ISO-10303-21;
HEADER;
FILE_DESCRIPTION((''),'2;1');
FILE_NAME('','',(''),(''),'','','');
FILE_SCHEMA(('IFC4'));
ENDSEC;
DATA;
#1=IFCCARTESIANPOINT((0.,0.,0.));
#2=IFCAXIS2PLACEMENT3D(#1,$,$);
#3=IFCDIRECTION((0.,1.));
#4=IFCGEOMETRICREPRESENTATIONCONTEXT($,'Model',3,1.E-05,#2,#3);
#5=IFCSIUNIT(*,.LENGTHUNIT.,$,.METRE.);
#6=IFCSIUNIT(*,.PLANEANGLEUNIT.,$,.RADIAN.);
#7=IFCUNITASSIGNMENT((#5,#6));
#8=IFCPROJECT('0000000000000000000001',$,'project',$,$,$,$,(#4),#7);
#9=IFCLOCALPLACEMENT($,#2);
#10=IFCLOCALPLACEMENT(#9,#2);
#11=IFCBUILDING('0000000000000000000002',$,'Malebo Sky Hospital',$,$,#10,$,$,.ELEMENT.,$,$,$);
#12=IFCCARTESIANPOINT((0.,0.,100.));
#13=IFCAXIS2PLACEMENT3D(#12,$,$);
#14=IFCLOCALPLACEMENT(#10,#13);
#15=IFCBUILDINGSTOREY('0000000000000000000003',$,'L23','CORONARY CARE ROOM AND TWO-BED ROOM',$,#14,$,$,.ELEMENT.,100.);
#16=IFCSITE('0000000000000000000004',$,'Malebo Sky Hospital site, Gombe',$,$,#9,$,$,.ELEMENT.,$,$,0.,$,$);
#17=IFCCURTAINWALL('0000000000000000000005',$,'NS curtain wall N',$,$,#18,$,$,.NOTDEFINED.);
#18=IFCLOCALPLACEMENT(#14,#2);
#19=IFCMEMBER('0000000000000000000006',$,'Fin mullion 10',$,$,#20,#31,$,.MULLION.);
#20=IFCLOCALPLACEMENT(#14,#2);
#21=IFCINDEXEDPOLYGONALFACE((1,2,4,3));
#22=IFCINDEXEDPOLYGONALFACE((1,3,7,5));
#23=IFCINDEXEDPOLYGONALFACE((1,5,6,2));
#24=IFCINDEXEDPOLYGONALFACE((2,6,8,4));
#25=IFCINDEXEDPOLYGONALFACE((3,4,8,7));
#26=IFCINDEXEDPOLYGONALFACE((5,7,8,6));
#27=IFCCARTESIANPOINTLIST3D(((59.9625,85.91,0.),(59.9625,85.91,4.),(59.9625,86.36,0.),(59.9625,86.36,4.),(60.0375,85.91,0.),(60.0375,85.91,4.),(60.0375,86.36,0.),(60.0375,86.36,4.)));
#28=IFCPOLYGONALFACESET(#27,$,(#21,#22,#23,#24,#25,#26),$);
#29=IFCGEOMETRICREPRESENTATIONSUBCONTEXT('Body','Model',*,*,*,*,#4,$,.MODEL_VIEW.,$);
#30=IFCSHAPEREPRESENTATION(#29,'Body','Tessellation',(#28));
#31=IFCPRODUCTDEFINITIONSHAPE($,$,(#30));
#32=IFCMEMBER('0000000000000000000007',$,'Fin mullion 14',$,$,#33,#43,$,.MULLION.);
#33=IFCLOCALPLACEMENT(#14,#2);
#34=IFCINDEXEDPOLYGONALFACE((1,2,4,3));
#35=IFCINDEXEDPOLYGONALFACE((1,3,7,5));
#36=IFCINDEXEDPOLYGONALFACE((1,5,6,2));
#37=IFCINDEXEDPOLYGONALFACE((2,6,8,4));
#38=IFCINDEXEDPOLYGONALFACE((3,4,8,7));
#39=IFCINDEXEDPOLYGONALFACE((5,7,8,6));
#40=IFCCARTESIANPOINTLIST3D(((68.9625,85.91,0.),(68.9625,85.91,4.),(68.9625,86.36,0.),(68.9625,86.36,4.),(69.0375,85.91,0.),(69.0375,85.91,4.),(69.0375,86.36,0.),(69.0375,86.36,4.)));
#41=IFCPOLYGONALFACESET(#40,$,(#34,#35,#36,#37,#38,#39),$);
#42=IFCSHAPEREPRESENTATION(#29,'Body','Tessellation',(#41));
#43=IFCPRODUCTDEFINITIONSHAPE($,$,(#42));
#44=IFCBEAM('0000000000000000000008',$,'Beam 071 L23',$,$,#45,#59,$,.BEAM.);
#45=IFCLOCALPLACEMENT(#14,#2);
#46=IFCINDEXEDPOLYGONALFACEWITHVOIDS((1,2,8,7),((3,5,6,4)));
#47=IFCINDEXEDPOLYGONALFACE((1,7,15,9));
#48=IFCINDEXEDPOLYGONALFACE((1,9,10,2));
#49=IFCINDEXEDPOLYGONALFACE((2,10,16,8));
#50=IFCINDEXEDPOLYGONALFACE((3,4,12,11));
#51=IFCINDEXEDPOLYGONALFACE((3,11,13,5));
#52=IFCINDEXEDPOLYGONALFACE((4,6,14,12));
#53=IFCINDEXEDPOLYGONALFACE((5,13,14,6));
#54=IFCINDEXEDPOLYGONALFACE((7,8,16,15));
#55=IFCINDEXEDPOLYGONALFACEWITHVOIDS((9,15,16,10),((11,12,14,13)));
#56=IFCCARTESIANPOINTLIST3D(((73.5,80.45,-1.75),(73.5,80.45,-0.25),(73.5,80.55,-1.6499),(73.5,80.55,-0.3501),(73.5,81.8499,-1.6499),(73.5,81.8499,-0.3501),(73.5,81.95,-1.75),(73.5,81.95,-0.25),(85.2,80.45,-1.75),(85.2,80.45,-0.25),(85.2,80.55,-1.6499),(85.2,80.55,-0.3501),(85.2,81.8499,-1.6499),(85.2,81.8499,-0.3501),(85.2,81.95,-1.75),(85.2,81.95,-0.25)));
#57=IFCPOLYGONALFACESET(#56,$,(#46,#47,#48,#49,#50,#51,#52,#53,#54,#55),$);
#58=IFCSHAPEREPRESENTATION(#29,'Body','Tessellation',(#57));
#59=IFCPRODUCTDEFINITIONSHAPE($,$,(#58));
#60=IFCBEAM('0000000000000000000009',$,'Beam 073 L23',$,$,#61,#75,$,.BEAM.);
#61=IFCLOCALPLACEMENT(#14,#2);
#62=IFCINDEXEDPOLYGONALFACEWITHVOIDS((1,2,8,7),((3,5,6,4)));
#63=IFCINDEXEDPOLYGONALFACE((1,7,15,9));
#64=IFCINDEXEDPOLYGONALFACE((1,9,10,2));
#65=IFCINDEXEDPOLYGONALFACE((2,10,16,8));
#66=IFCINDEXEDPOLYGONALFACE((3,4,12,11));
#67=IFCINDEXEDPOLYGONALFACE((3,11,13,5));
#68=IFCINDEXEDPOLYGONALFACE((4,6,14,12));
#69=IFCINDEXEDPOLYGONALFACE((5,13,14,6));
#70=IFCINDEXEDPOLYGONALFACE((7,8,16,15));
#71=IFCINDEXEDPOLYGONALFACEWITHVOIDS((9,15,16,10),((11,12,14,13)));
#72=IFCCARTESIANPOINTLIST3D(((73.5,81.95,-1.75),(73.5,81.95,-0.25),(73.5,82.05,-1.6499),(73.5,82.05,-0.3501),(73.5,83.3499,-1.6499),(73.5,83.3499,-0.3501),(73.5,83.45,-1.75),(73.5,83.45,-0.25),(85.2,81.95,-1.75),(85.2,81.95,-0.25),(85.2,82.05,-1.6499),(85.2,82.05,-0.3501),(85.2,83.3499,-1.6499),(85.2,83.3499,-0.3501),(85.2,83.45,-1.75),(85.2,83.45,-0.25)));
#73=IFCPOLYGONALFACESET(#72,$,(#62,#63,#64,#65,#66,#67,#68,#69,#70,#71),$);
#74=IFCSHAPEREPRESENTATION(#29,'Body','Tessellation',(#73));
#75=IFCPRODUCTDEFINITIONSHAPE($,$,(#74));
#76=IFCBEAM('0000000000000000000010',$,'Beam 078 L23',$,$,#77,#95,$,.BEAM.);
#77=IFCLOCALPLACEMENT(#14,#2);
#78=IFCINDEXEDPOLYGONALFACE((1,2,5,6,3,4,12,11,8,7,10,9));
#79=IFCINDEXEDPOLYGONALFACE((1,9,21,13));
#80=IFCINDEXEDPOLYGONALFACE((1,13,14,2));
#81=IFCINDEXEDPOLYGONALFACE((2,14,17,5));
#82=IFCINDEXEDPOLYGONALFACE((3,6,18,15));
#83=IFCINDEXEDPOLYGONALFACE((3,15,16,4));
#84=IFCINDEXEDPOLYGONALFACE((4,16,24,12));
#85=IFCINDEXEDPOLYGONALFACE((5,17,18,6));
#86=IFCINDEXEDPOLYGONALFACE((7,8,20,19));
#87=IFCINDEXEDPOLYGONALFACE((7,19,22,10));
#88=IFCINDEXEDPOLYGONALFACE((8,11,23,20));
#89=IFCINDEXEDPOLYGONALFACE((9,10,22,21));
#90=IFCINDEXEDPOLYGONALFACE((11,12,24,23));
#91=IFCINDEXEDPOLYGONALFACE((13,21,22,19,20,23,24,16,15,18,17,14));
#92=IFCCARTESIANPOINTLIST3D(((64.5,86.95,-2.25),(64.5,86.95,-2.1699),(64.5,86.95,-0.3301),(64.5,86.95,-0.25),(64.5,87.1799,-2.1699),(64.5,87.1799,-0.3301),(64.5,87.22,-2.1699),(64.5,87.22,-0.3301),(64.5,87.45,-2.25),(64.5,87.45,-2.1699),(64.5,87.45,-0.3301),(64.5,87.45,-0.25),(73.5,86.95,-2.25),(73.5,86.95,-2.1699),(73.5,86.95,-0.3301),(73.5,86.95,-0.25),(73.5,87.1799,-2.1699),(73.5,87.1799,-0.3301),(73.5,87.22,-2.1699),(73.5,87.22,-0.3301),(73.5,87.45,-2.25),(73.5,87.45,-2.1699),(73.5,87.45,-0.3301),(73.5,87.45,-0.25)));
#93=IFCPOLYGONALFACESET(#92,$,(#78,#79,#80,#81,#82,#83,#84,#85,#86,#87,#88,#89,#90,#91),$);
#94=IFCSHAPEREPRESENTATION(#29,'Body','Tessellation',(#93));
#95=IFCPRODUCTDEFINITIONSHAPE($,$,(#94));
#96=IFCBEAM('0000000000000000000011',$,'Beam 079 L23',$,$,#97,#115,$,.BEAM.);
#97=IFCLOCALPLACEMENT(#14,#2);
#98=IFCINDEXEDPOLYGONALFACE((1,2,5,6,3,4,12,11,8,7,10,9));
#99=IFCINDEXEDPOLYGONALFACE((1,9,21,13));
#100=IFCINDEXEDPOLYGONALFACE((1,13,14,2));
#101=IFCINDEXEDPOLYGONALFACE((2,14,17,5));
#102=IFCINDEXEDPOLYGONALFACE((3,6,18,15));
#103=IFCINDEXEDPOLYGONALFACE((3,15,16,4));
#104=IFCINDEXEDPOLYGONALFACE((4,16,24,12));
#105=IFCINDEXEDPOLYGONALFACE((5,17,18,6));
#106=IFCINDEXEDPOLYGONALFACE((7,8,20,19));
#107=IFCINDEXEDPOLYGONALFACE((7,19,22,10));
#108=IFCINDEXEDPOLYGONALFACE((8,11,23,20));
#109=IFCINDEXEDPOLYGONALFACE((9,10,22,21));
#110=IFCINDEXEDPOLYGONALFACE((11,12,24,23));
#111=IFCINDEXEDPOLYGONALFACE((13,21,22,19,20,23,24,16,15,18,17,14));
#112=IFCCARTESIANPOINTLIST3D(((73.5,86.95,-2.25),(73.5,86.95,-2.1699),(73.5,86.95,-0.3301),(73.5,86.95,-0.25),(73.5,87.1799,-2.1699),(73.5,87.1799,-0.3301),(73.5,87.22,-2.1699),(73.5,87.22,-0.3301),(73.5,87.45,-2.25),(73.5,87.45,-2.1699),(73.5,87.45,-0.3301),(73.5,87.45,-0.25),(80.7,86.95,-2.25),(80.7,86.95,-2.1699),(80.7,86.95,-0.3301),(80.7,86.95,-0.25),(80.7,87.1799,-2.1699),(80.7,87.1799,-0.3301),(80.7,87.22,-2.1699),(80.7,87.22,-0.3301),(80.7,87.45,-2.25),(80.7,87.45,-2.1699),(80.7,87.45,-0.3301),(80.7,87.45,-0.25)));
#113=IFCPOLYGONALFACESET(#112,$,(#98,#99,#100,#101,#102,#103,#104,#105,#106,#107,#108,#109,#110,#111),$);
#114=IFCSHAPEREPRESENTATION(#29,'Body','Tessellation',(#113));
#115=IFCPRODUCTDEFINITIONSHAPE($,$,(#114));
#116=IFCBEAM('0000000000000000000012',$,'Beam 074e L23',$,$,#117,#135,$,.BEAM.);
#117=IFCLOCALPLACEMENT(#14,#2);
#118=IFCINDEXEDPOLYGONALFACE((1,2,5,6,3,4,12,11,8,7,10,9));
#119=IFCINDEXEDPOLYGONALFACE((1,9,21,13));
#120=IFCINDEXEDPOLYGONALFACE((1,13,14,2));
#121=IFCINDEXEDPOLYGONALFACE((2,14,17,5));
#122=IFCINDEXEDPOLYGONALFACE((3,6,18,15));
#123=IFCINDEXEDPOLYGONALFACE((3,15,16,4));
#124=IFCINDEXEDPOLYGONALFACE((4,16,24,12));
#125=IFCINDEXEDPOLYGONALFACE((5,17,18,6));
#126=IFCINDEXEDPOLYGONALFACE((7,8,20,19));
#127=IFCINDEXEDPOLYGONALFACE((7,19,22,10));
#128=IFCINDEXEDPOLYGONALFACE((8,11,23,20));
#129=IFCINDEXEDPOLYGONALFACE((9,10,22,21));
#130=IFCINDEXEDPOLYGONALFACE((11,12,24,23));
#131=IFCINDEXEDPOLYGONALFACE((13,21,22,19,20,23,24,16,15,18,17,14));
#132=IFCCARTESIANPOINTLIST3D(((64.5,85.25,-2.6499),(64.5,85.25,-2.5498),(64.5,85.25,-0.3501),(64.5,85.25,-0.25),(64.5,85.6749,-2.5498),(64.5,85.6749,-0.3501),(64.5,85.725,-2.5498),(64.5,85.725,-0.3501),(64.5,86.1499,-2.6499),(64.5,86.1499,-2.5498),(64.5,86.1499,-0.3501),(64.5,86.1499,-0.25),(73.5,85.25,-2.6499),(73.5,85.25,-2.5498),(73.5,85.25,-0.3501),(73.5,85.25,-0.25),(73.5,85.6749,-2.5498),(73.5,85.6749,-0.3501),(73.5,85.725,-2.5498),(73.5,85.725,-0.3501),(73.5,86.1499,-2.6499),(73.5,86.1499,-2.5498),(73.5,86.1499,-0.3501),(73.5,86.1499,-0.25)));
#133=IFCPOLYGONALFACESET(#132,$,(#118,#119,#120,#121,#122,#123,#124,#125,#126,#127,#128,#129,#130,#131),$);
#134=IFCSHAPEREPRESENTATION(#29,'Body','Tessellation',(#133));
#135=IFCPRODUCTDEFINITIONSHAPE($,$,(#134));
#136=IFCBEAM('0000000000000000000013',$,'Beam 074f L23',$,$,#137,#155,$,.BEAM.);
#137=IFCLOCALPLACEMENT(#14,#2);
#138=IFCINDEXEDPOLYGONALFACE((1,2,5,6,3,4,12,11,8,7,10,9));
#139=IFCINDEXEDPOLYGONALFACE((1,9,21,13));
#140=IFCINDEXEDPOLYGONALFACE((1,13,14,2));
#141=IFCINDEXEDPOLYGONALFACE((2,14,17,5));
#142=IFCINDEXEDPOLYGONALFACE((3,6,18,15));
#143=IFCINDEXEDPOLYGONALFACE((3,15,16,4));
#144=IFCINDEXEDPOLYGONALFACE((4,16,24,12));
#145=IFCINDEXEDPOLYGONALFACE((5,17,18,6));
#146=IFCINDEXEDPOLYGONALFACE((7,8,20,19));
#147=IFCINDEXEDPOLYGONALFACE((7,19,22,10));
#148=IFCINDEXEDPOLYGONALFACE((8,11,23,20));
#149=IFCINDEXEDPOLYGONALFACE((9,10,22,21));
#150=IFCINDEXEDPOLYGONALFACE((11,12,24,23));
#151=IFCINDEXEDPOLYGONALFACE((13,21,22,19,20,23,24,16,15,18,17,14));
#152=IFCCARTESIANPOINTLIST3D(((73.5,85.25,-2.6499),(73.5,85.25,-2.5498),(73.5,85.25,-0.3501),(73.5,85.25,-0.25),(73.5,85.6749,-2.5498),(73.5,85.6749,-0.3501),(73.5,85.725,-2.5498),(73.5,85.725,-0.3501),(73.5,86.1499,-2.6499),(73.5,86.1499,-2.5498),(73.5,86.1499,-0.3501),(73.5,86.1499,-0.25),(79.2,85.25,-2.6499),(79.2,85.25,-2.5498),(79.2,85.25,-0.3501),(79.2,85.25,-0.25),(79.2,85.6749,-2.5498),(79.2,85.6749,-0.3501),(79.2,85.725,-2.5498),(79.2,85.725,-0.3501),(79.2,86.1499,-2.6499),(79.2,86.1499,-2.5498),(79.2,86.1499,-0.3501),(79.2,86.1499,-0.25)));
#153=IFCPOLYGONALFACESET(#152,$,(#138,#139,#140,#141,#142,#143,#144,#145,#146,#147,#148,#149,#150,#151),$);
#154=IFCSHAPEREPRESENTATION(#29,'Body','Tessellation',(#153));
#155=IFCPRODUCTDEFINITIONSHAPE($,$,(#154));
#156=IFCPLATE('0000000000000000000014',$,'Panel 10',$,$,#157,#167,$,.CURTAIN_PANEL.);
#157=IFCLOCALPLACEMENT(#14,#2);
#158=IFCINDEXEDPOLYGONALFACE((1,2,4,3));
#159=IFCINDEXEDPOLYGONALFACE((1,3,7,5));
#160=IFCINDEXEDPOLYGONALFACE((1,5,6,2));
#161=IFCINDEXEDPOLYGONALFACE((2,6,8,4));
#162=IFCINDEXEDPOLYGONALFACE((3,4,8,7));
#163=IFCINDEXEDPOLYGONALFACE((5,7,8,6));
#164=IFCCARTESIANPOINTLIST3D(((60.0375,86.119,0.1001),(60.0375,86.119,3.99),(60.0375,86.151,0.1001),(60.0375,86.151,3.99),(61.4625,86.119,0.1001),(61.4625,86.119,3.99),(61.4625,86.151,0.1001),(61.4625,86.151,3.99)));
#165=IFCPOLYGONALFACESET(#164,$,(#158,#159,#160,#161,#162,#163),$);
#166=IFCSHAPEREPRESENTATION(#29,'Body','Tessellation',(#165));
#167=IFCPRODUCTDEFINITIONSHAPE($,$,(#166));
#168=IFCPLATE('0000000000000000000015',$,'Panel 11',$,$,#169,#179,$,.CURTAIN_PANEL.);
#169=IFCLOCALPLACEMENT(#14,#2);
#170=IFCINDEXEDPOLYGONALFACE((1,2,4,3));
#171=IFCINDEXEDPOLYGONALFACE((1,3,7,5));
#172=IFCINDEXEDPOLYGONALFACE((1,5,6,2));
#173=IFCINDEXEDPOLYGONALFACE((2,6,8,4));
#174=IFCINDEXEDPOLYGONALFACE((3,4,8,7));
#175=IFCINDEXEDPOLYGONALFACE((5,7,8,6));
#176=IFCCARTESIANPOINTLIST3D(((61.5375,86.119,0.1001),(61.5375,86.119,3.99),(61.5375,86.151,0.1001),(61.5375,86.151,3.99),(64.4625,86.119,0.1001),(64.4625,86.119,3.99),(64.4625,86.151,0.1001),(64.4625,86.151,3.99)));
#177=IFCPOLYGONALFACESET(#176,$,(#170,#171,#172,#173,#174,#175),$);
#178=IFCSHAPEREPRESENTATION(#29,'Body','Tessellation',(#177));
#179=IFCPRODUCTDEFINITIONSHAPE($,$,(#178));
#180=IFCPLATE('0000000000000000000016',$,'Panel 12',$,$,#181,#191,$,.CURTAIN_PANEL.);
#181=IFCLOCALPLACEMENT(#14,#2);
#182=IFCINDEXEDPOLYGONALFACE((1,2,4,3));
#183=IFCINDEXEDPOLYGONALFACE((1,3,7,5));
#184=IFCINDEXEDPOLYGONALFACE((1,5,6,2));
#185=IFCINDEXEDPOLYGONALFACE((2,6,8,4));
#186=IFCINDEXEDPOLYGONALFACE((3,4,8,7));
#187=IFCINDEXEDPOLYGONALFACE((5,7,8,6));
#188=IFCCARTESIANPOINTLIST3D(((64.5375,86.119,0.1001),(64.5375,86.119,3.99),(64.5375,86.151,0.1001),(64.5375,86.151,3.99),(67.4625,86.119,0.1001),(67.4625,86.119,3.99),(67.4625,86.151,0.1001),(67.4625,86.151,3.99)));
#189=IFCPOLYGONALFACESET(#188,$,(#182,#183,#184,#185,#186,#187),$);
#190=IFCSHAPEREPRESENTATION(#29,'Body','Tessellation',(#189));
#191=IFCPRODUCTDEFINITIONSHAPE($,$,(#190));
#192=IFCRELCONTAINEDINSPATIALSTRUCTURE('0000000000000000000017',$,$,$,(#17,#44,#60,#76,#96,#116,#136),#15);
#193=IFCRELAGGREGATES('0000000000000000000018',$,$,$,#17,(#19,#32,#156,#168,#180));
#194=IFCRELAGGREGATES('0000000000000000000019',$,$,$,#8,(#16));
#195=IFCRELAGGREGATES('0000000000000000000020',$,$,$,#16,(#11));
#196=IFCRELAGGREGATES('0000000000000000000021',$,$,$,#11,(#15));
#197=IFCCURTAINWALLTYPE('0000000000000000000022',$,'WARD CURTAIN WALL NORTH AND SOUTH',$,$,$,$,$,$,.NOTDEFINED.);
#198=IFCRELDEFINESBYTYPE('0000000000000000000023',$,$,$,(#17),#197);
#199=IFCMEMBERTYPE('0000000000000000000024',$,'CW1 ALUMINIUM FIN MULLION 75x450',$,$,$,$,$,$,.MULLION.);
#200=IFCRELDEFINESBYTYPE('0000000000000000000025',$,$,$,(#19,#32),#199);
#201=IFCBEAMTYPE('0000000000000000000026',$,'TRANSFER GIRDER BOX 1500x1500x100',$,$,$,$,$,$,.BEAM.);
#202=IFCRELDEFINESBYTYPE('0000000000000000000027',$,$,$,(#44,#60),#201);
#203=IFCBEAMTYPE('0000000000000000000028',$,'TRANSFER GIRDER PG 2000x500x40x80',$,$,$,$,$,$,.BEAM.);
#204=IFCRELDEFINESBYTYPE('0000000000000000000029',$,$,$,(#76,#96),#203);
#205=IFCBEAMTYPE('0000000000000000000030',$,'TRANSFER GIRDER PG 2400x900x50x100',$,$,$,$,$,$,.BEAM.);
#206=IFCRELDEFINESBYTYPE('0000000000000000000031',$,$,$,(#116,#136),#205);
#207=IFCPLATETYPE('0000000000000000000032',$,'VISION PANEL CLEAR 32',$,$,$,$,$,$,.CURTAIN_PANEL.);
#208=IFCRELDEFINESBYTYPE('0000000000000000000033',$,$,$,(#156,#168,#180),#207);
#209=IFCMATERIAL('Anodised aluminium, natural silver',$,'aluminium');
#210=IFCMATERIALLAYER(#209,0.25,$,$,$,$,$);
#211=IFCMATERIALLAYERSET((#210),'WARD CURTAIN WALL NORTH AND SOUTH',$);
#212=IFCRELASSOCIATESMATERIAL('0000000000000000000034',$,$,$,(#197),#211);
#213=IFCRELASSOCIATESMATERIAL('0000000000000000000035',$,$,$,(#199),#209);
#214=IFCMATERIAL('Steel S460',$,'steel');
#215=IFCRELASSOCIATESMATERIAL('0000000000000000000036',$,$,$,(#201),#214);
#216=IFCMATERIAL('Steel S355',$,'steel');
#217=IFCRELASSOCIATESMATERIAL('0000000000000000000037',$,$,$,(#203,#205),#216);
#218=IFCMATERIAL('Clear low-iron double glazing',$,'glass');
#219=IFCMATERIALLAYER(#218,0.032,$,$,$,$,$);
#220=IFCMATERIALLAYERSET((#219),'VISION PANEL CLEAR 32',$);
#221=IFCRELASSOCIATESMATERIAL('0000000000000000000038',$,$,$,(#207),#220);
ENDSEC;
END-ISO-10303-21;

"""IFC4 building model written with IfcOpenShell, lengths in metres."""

from ifc_helpers import new_model, si_unit, direction, frame, origin, origin_2d, place, context, subcontext, project, spatial, rectangle, hollow_rectangle, i_section, extrude, material, layer, layer_set, material_profile, profile_set, type_object, element, aggregate, save


model = new_model("IFC4")

# Units and contexts
model_context = context("Model", 3, precision=1e-05, world=origin(), true_north=direction((0.0, 1.0)))
body_context = subcontext(model_context, "Body", "Model", "MODEL_VIEW")
ifc_project = project(units=[si_unit("LENGTHUNIT", "METRE"), si_unit("PLANEANGLEUNIT", "RADIAN")], contexts=[model_context])

# Site, building, storey
site_placement = place(None, origin())
site = spatial("IfcSite", under=ifc_project, at=site_placement, Name="Malebo Sky Hospital site, Gombe", CompositionType="ELEMENT", RefElevation=0.0)
building_placement = place(site_placement, origin())
building = spatial("IfcBuilding", under=site, at=building_placement, Name="Malebo Sky Hospital", CompositionType="ELEMENT")
storey_placement = place(building_placement, frame((0.0, 0.0, 100.0)))
storey = spatial("IfcBuildingStorey", under=building, at=storey_placement, Name="L23", Description="CORONARY CARE ROOM AND TWO-BED ROOM", CompositionType="ELEMENT", Elevation=100.0)

# Shared definitions
ifc_material_1 = material(Name="Steel S460", Category="steel")

# Curtain wall, members
ifc_material_2 = material(Name="Anodised aluminium, natural silver", Category="aluminium")
ifc_layer_1 = layer(ifc_material_2, 0.25)
ifc_layer_set_1 = layer_set([ifc_layer_1], Name="WARD CURTAIN WALL NORTH AND SOUTH")
curtain_wall_type = type_object("IfcCurtainWallType", Name="WARD CURTAIN WALL NORTH AND SOUTH", PredefinedType="NOTDEFINED", material=ifc_layer_set_1)
curtain_wall_placement = place(storey_placement, origin())
curtain_wall = element("IfcCurtainWall", 1, at=curtain_wall_placement, inside=storey, type_object=curtain_wall_type, Name="NS curtain wall N", PredefinedType="NOTDEFINED")
ifc_material_profile_1 = material_profile(ifc_material_2, rectangle(XDim=0.075, YDim=0.45, at=origin_2d()), Name="CW1 ALUMINIUM FIN MULLION 75x450")
ifc_profile_set_1 = profile_set([ifc_material_profile_1], Name="Anodised aluminium, natural silver")
member_type_1 = type_object("IfcMemberType", Name="CW1 ALUMINIUM FIN MULLION 75x450", PredefinedType="MULLION", material=ifc_profile_set_1)
member_1_placement = place(storey_placement, frame((60.0, 86.135, 0.0), z_axis=(0.0, 0.0, 1.0), x_axis=(1.0, 0.0, 0.0)))
member_1 = element("IfcMember", 2, at=member_1_placement, type_object=member_type_1, Name="Fin mullion 10", PredefinedType="MULLION", context=body_context, shape_type="SweptSolid", body=[
    extrude(rectangle(XDim=0.075, YDim=0.45, at=origin_2d()), origin(), (0.0, 0.0, 1.0), 4.0),
])
member_2_placement = place(storey_placement, frame((69.0, 86.135, 0.0), z_axis=(0.0, 0.0, 1.0), x_axis=(1.0, 0.0, 0.0)))
member_2 = element("IfcMember", 3, at=member_2_placement, type_object=member_type_1, Name="Fin mullion 14", PredefinedType="MULLION", context=body_context, shape_type="SweptSolid", body=[
    extrude(rectangle(XDim=0.075, YDim=0.45, at=origin_2d()), origin(), (0.0, 0.0, 1.0), 4.0),
])

# Beams
ifc_material_profile_2 = material_profile(ifc_material_1, hollow_rectangle(XDim=1.5, YDim=1.5, WallThickness=0.1001, at=origin_2d()), Name="BOX 1500x1500x100")
ifc_profile_set_2 = profile_set([ifc_material_profile_2], Name="Steel S460")
beam_type_1 = type_object("IfcBeamType", Name="TRANSFER GIRDER BOX 1500x1500x100", PredefinedType="BEAM", material=ifc_profile_set_2)
for number, where, z_axis, x_axis, name in (
    (4, (73.5, 81.2, -1.0), (1.0, 0.0, 0.0), (0.0, 1.0, 0.0), "Beam 071 L23"),
    (5, (73.5, 82.7, -1.0), (1.0, 0.0, 0.0), (0.0, 1.0, 0.0), "Beam 073 L23"),
):
    element("IfcBeam", number, at=place(storey_placement, frame(where, z_axis=z_axis, x_axis=x_axis)), inside=storey, type_object=beam_type_1, Name=name, PredefinedType="BEAM", context=body_context, shape_type="SweptSolid", body=[
        extrude(hollow_rectangle(XDim=1.5, YDim=1.5, WallThickness=0.1001, at=origin_2d()), origin(), (0.0, 0.0, 1.0), 11.7),
    ])
ifc_material_3 = material(Name="Steel S355", Category="steel")
ifc_material_profile_3 = material_profile(ifc_material_3, i_section(OverallWidth=0.5, OverallDepth=2.0, WebThickness=0.04, FlangeThickness=0.0801, at=origin_2d()), Name="PG 2000x500x40x80")
ifc_profile_set_3 = profile_set([ifc_material_profile_3], Name="Steel S355")
beam_type_2 = type_object("IfcBeamType", Name="TRANSFER GIRDER PG 2000x500x40x80", PredefinedType="BEAM", material=ifc_profile_set_3)
beam_1_placement = place(storey_placement, frame((64.5, 87.2, -1.25), z_axis=(1.0, 0.0, 0.0), x_axis=(0.0, 1.0, 0.0)))
element("IfcBeam", 6, at=beam_1_placement, inside=storey, type_object=beam_type_2, Name="Beam 078 L23", PredefinedType="BEAM", context=body_context, shape_type="SweptSolid", body=[
    extrude(i_section(OverallWidth=0.5, OverallDepth=2.0, WebThickness=0.04, FlangeThickness=0.0801, at=origin_2d()), origin(), (0.0, 0.0, 1.0), 9.0),
])
beam_2_placement = place(storey_placement, frame((73.5, 87.2, -1.25), z_axis=(1.0, 0.0, 0.0), x_axis=(0.0, 1.0, 0.0)))
element("IfcBeam", 7, at=beam_2_placement, inside=storey, type_object=beam_type_2, Name="Beam 079 L23", PredefinedType="BEAM", context=body_context, shape_type="SweptSolid", body=[
    extrude(i_section(OverallWidth=0.5, OverallDepth=2.0, WebThickness=0.04, FlangeThickness=0.0801, at=origin_2d()), origin(), (0.0, 0.0, 1.0), 7.2),
])
ifc_material_profile_4 = material_profile(ifc_material_3, i_section(OverallWidth=0.8999, OverallDepth=2.3999, WebThickness=0.05, FlangeThickness=0.1001, at=origin_2d()), Name="PG 2400x900x50x100")
ifc_profile_set_4 = profile_set([ifc_material_profile_4], Name="Steel S355")
beam_type_3 = type_object("IfcBeamType", Name="TRANSFER GIRDER PG 2400x900x50x100", PredefinedType="BEAM", material=ifc_profile_set_4)
beam_3_placement = place(storey_placement, frame((64.5, 85.7, -1.45), z_axis=(1.0, 0.0, 0.0), x_axis=(0.0, 1.0, 0.0)))
element("IfcBeam", 8, at=beam_3_placement, inside=storey, type_object=beam_type_3, Name="Beam 074e L23", PredefinedType="BEAM", context=body_context, shape_type="SweptSolid", body=[
    extrude(i_section(OverallWidth=0.8999, OverallDepth=2.3999, WebThickness=0.05, FlangeThickness=0.1001, at=origin_2d()), origin(), (0.0, 0.0, 1.0), 9.0),
])
beam_4_placement = place(storey_placement, frame((73.5, 85.7, -1.45), z_axis=(1.0, 0.0, 0.0), x_axis=(0.0, 1.0, 0.0)))
element("IfcBeam", 9, at=beam_4_placement, inside=storey, type_object=beam_type_3, Name="Beam 074f L23", PredefinedType="BEAM", context=body_context, shape_type="SweptSolid", body=[
    extrude(i_section(OverallWidth=0.8999, OverallDepth=2.3999, WebThickness=0.05, FlangeThickness=0.1001, at=origin_2d()), origin(), (0.0, 0.0, 1.0), 5.7),
])

# Plates
ifc_material_4 = material(Name="Clear low-iron double glazing", Category="glass")
ifc_layer_2 = layer(ifc_material_4, 0.032)
ifc_layer_set_2 = layer_set([ifc_layer_2], Name="VISION PANEL CLEAR 32")
plate_type = type_object("IfcPlateType", Name="VISION PANEL CLEAR 32", PredefinedType="CURTAIN_PANEL", material=ifc_layer_set_2)
plate_1_placement = place(storey_placement, frame((60.75, 86.135, 0.1001), z_axis=(0.0, 0.0, 1.0), x_axis=(1.0, 0.0, 0.0)))
plate_1 = element("IfcPlate", 10, at=plate_1_placement, type_object=plate_type, Name="Panel 10", PredefinedType="CURTAIN_PANEL", context=body_context, shape_type="SweptSolid", body=[
    extrude(rectangle(XDim=1.425, YDim=0.032, at=origin_2d()), origin(), (0.0, 0.0, 1.0), 3.8899),
])
plate_2_placement = place(storey_placement, frame((63.0, 86.135, 0.1001), z_axis=(0.0, 0.0, 1.0), x_axis=(1.0, 0.0, 0.0)))
plate_2 = element("IfcPlate", 11, at=plate_2_placement, type_object=plate_type, Name="Panel 11", PredefinedType="CURTAIN_PANEL", context=body_context, shape_type="SweptSolid", body=[
    extrude(rectangle(XDim=2.925, YDim=0.032, at=origin_2d()), origin(), (0.0, 0.0, 1.0), 3.8899),
])
plate_3_placement = place(storey_placement, frame((66.0, 86.135, 0.1001), z_axis=(0.0, 0.0, 1.0), x_axis=(1.0, 0.0, 0.0)))
plate_3 = element("IfcPlate", 12, at=plate_3_placement, type_object=plate_type, Name="Panel 12", PredefinedType="CURTAIN_PANEL", context=body_context, shape_type="SweptSolid", body=[
    extrude(rectangle(XDim=2.925, YDim=0.032, at=origin_2d()), origin(), (0.0, 0.0, 1.0), 3.8899),
])
aggregate(curtain_wall, [member_1, member_2, plate_1, plate_2, plate_3])

save(model, "model.ifc")
